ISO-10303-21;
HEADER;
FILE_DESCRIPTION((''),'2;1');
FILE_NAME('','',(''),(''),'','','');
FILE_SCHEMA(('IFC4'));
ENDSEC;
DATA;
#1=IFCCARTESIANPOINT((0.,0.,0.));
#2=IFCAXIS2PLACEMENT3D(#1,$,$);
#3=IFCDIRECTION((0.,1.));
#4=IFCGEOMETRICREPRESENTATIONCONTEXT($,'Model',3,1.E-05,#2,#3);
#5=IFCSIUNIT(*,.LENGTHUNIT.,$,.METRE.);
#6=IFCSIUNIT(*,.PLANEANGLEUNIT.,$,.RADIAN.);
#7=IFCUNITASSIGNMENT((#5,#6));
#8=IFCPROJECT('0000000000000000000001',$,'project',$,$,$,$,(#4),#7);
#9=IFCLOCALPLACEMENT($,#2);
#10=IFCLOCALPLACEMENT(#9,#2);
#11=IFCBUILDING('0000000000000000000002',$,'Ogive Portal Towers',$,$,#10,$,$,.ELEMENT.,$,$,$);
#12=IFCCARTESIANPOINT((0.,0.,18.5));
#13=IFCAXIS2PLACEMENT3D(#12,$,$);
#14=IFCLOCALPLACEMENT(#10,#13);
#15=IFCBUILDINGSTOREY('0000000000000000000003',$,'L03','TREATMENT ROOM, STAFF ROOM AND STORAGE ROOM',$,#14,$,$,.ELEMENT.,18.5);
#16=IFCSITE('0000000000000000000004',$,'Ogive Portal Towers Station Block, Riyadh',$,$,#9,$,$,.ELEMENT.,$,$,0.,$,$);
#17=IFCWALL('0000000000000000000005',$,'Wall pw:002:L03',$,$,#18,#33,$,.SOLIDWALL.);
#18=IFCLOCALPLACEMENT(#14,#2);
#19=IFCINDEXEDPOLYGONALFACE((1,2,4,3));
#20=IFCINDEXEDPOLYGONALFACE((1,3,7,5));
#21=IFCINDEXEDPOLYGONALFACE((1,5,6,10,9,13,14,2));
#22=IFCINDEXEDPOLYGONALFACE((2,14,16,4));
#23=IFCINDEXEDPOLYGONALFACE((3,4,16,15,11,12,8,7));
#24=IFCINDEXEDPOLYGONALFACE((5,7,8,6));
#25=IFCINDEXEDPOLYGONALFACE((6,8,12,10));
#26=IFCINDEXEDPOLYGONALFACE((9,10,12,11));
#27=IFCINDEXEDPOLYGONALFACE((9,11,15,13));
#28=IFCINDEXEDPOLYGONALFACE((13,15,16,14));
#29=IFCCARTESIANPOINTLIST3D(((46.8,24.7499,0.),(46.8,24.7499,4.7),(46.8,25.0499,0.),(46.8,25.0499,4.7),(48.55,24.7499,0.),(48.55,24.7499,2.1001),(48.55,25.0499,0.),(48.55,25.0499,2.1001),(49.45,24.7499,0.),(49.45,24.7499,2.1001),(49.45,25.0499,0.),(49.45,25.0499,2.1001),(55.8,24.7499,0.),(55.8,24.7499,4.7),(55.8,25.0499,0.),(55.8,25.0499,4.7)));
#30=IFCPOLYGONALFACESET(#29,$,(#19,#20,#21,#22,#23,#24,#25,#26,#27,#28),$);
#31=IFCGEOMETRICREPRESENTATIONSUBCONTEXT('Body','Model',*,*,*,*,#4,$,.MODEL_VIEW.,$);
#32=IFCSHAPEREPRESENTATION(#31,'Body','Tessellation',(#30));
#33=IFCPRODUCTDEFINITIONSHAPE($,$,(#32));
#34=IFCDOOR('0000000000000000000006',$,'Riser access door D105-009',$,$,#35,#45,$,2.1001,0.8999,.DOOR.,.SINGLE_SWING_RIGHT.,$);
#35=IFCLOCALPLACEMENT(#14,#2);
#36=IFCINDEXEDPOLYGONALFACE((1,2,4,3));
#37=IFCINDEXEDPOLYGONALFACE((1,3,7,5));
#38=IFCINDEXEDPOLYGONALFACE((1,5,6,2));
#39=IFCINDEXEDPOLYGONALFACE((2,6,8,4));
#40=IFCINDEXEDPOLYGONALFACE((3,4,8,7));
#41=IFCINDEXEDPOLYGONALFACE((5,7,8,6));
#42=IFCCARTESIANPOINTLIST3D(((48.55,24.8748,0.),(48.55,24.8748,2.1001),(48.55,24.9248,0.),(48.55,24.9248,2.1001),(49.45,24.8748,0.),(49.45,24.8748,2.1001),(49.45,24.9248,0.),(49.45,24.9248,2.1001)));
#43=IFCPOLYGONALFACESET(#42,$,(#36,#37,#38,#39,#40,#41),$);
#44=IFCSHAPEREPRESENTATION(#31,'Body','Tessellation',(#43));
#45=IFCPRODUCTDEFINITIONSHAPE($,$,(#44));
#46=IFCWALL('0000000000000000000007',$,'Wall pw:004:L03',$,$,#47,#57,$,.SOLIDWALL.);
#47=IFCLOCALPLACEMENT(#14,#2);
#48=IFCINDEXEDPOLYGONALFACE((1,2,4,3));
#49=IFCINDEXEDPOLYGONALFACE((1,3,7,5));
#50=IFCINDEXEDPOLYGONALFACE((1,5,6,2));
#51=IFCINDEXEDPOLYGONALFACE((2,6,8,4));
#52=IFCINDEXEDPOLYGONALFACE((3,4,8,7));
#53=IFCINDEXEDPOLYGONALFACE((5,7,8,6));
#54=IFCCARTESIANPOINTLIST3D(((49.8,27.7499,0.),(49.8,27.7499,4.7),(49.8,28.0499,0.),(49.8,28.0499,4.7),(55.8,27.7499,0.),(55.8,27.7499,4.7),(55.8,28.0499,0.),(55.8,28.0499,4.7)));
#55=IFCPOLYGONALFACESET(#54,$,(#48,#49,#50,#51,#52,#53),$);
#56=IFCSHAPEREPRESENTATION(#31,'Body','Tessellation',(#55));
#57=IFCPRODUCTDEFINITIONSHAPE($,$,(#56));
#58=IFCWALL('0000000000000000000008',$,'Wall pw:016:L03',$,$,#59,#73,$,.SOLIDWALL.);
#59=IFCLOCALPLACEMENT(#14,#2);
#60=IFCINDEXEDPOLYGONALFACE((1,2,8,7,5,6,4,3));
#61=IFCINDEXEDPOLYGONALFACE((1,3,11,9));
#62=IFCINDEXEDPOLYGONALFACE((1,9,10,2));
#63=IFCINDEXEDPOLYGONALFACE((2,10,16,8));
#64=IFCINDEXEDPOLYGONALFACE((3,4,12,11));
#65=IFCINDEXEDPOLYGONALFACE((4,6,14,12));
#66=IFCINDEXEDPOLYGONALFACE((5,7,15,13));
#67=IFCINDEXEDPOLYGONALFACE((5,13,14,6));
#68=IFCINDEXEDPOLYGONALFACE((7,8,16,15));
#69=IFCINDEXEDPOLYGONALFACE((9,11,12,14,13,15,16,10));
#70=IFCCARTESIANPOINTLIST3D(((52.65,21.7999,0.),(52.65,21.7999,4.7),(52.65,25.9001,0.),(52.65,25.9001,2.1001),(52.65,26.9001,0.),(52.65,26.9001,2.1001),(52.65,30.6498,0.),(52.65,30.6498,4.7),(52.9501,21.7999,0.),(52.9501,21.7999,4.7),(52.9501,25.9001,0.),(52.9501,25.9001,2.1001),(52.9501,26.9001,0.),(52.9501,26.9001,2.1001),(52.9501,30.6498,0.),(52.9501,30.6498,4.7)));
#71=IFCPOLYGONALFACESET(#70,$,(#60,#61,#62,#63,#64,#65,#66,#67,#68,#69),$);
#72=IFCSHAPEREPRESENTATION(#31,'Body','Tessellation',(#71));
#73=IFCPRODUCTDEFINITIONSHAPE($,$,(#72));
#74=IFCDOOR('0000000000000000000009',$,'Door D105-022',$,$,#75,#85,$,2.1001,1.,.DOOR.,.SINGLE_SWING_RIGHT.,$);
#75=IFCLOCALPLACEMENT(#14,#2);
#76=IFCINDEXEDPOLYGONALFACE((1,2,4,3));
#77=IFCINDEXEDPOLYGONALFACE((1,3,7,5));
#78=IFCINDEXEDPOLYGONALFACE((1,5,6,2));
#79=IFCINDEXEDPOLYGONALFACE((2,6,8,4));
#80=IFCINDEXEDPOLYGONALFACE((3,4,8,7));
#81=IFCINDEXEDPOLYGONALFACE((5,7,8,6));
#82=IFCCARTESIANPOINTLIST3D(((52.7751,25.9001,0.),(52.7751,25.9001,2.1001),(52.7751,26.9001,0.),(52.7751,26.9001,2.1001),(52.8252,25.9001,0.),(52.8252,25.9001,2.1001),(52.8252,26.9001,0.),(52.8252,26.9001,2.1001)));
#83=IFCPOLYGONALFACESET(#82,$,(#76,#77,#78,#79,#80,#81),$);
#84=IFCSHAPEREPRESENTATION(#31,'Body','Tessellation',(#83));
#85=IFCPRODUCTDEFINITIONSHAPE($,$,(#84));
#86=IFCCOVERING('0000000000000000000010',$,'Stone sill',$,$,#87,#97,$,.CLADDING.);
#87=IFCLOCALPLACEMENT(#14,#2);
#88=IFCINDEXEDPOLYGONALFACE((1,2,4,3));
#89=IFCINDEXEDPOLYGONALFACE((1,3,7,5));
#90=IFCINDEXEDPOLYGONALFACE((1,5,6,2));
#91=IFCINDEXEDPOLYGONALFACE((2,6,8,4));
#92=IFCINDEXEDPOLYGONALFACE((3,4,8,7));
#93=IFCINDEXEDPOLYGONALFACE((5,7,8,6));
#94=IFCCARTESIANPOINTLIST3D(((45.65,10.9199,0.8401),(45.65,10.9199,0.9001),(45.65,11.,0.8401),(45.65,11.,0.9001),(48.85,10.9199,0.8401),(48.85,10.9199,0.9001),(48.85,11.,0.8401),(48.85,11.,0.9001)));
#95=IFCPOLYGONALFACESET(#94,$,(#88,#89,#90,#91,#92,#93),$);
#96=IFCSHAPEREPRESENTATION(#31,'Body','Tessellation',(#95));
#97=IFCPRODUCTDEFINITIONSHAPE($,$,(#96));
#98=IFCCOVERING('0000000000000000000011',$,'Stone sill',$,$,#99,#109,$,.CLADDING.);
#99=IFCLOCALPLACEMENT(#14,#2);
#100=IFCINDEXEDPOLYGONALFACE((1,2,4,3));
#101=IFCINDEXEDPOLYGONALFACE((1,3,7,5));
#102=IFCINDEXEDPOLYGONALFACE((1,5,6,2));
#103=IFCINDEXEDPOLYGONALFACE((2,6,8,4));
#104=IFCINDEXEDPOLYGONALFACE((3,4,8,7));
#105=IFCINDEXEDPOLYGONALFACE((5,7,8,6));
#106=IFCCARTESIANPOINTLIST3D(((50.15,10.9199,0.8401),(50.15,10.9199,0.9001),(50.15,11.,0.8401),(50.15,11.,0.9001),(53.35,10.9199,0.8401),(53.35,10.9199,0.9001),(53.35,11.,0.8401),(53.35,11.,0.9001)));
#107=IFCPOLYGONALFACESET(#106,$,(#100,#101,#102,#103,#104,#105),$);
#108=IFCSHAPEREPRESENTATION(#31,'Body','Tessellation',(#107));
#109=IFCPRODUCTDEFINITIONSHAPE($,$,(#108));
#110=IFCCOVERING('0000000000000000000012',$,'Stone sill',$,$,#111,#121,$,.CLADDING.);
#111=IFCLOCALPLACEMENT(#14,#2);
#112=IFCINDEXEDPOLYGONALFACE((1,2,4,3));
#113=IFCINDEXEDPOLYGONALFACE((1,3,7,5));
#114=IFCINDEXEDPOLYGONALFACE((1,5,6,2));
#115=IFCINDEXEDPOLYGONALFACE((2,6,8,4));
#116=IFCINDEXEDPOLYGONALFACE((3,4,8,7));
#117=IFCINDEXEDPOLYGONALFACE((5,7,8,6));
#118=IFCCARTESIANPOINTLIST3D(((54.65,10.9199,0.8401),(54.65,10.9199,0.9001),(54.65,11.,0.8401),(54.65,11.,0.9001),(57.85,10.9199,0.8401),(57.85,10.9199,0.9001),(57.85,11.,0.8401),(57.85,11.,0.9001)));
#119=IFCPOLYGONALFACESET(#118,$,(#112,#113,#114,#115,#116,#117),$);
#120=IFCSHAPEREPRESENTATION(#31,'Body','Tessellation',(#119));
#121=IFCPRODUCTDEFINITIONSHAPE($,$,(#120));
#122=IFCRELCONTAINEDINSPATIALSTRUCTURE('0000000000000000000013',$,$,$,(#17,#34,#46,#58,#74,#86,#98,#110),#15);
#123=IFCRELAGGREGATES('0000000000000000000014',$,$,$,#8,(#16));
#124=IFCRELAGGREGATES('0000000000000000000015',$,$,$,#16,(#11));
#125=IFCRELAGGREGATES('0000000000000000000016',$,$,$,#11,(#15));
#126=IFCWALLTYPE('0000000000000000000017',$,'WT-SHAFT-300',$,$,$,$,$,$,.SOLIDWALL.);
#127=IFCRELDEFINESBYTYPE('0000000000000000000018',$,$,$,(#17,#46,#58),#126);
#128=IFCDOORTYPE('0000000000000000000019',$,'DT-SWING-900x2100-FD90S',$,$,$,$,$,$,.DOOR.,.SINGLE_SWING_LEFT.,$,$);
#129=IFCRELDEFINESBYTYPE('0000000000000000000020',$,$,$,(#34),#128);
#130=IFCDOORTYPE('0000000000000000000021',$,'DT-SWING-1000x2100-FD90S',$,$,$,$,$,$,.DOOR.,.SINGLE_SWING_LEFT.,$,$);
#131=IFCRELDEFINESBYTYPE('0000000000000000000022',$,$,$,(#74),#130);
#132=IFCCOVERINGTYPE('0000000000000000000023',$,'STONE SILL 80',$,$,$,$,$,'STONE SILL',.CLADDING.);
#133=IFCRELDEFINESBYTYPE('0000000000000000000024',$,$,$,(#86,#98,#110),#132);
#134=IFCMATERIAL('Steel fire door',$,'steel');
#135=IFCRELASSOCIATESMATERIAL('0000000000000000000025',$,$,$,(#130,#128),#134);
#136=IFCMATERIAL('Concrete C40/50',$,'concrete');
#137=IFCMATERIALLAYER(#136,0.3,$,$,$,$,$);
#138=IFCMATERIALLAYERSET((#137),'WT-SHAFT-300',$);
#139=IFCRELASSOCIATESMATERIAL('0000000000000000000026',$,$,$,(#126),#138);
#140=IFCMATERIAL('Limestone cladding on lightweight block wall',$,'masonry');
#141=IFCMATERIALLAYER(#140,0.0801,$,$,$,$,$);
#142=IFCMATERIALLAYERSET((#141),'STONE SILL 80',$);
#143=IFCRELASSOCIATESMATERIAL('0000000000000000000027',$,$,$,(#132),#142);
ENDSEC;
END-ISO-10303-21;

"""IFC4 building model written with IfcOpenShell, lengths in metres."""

from ifc_helpers import new_model, si_unit, direction, frame, frame_2d, origin, origin_2d, place, context, subcontext, project, spatial, rectangle, extrude, material, layer, layer_set, type_object, element, fill, save


model = new_model("IFC4")

# Units and contexts
model_context = context("Model", 3, precision=1e-05, world=origin(), true_north=direction((0.0, 1.0)))
body_context = subcontext(model_context, "Body", "Model", "MODEL_VIEW")
ifc_project = project(units=[si_unit("LENGTHUNIT", "METRE"), si_unit("PLANEANGLEUNIT", "RADIAN")], contexts=[model_context])

# Site, building, storey
site_placement = place(None, origin())
site = spatial("IfcSite", under=ifc_project, at=site_placement, Name="Ogive Portal Towers Station Block, Riyadh", CompositionType="ELEMENT", RefElevation=0.0)
building_placement = place(site_placement, origin())
building = spatial("IfcBuilding", under=site, at=building_placement, Name="Ogive Portal Towers", CompositionType="ELEMENT")
storey_placement = place(building_placement, frame((0.0, 0.0, 18.5)))
storey = spatial("IfcBuildingStorey", under=building, at=storey_placement, Name="L03", Description="TREATMENT ROOM, STAFF ROOM AND STORAGE ROOM", CompositionType="ELEMENT", Elevation=18.5)

# Shared definitions
ifc_material_1 = material(Name="Steel fire door", Category="steel")
door_type_1 = type_object("IfcDoorType", Name="DT-SWING-1000x2100-FD90S", OperationType="SINGLE_SWING_LEFT", PredefinedType="DOOR", material=ifc_material_1)

# Wall, opening, door
ifc_material_2 = material(Name="Concrete C40/50", Category="concrete")
ifc_layer_1 = layer(ifc_material_2, 0.3)
ifc_layer_set_1 = layer_set([ifc_layer_1], Name="WT-SHAFT-300")
wall_type_1 = type_object("IfcWallType", Name="WT-SHAFT-300", PredefinedType="SOLIDWALL", material=ifc_layer_set_1)
wall_1_placement = place(storey_placement, frame((46.8, 24.8999, 0.0), z_axis=(0.0, 0.0, 1.0), x_axis=(1.0, 0.0, 0.0)))
wall_1 = element("IfcWall", 1, at=wall_1_placement, inside=storey, type_object=wall_type_1, Name="Wall pw:002:L03", PredefinedType="SOLIDWALL", context=body_context, shape_type="SweptSolid", body=[
    extrude(rectangle(XDim=9.0, YDim=0.3, at=frame_2d((4.5, 0.0))), origin(), (0.0, 0.0, 1.0), 4.7),
])
opening_1_placement = place(wall_1_placement, frame((1.75, 0.0, 0.0)))
opening_1 = element("IfcOpeningElement", 2, at=opening_1_placement, cuts=wall_1, PredefinedType="OPENING", context=body_context, shape_type="SweptSolid", body=[
    extrude(rectangle(XDim=0.8999, YDim=2.1001, at=frame_2d((0.45, 1.05))), frame((0.0, 0.1602, 0.0), z_axis=(0.0, -1.0, 0.0), x_axis=(1.0, 0.0, 0.0)), (0.0, 0.0, 1.0), 0.3201),
])
door_type_2 = type_object("IfcDoorType", Name="DT-SWING-900x2100-FD90S", OperationType="SINGLE_SWING_LEFT", PredefinedType="DOOR", material=ifc_material_1)
door_1_placement = place(opening_1_placement, origin())
door_1 = element("IfcDoor", 3, at=door_1_placement, inside=storey, type_object=door_type_2, Name="Riser access door D105-009", OperationType="SINGLE_SWING_RIGHT", OverallHeight=2.1001, OverallWidth=0.8999, PredefinedType="DOOR", context=body_context, shape_type="SweptSolid", body=[
    extrude(rectangle(XDim=0.8999, YDim=2.1001, at=frame_2d((0.45, 1.05))), frame((0.0, 0.0249, 0.0), z_axis=(0.0, -1.0, 0.0), x_axis=(1.0, 0.0, 0.0)), (0.0, 0.0, 1.0), 0.05),
])
fill(opening_1, door_1)

# Wall
wall_2_placement = place(storey_placement, frame((49.8, 27.8999, 0.0), z_axis=(0.0, 0.0, 1.0), x_axis=(1.0, 0.0, 0.0)))
element("IfcWall", 4, at=wall_2_placement, inside=storey, type_object=wall_type_1, Name="Wall pw:004:L03", PredefinedType="SOLIDWALL", context=body_context, shape_type="SweptSolid", body=[
    extrude(rectangle(XDim=6.0, YDim=0.3, at=frame_2d((3.0, 0.0))), origin(), (0.0, 0.0, 1.0), 4.7),
])

# Wall, opening, door
wall_3_placement = place(storey_placement, frame((52.8, 21.8, 0.0), z_axis=(0.0, 0.0, 1.0), x_axis=(0.0, 1.0, 0.0)))
wall_3 = element("IfcWall", 5, at=wall_3_placement, inside=storey, type_object=wall_type_1, Name="Wall pw:016:L03", PredefinedType="SOLIDWALL", context=body_context, shape_type="SweptSolid", body=[
    extrude(rectangle(XDim=8.8499, YDim=0.3, at=frame_2d((4.4248, 0.0))), origin(), (0.0, 0.0, 1.0), 4.7),
])
opening_2_placement = place(wall_3_placement, frame((4.1001, 0.0, 0.0)))
opening_2 = element("IfcOpeningElement", 6, at=opening_2_placement, cuts=wall_3, PredefinedType="OPENING", context=body_context, shape_type="SweptSolid", body=[
    extrude(rectangle(XDim=1.0, YDim=2.1001, at=frame_2d((0.5, 1.05))), frame((0.0, 0.1602, 0.0), z_axis=(0.0, -1.0, 0.0), x_axis=(1.0, 0.0, 0.0)), (0.0, 0.0, 1.0), 0.3201),
])
door_2_placement = place(opening_2_placement, origin())
door_2 = element("IfcDoor", 7, at=door_2_placement, inside=storey, type_object=door_type_1, Name="Door D105-022", OperationType="SINGLE_SWING_RIGHT", OverallHeight=2.1001, OverallWidth=1.0, PredefinedType="DOOR", context=body_context, shape_type="SweptSolid", body=[
    extrude(rectangle(XDim=1.0, YDim=2.1001, at=frame_2d((0.5, 1.05))), frame((0.0, 0.0249, 0.0), z_axis=(0.0, -1.0, 0.0), x_axis=(1.0, 0.0, 0.0)), (0.0, 0.0, 1.0), 0.05),
])
fill(opening_2, door_2)

# Coverings
ifc_material_3 = material(Name="Limestone cladding on lightweight block wall", Category="masonry")
ifc_layer_2 = layer(ifc_material_3, 0.0801)
ifc_layer_set_2 = layer_set([ifc_layer_2], Name="STONE SILL 80")
covering_type = type_object("IfcCoveringType", Name="STONE SILL 80", ElementType="STONE SILL", PredefinedType="CLADDING", material=ifc_layer_set_2)
for number, where, z_axis, x_axis, name in (
    (8, (47.25, 10.96, 0.8401), (0.0, 0.0, 1.0), (1.0, 0.0, 0.0), "Stone sill"),
    (9, (51.75, 10.96, 0.8401), (0.0, 0.0, 1.0), (1.0, 0.0, 0.0), "Stone sill"),
    (10, (56.25, 10.96, 0.8401), (0.0, 0.0, 1.0), (1.0, 0.0, 0.0), "Stone sill"),
):
    element("IfcCovering", number, at=place(storey_placement, frame(where, z_axis=z_axis, x_axis=x_axis)), inside=storey, type_object=covering_type, Name=name, PredefinedType="CLADDING", context=body_context, shape_type="SweptSolid", body=[
        extrude(rectangle(XDim=3.2, YDim=0.0801, at=origin_2d()), origin(), (0.0, 0.0, 1.0), 0.0601),
    ])

save(model, "model.ifc")
